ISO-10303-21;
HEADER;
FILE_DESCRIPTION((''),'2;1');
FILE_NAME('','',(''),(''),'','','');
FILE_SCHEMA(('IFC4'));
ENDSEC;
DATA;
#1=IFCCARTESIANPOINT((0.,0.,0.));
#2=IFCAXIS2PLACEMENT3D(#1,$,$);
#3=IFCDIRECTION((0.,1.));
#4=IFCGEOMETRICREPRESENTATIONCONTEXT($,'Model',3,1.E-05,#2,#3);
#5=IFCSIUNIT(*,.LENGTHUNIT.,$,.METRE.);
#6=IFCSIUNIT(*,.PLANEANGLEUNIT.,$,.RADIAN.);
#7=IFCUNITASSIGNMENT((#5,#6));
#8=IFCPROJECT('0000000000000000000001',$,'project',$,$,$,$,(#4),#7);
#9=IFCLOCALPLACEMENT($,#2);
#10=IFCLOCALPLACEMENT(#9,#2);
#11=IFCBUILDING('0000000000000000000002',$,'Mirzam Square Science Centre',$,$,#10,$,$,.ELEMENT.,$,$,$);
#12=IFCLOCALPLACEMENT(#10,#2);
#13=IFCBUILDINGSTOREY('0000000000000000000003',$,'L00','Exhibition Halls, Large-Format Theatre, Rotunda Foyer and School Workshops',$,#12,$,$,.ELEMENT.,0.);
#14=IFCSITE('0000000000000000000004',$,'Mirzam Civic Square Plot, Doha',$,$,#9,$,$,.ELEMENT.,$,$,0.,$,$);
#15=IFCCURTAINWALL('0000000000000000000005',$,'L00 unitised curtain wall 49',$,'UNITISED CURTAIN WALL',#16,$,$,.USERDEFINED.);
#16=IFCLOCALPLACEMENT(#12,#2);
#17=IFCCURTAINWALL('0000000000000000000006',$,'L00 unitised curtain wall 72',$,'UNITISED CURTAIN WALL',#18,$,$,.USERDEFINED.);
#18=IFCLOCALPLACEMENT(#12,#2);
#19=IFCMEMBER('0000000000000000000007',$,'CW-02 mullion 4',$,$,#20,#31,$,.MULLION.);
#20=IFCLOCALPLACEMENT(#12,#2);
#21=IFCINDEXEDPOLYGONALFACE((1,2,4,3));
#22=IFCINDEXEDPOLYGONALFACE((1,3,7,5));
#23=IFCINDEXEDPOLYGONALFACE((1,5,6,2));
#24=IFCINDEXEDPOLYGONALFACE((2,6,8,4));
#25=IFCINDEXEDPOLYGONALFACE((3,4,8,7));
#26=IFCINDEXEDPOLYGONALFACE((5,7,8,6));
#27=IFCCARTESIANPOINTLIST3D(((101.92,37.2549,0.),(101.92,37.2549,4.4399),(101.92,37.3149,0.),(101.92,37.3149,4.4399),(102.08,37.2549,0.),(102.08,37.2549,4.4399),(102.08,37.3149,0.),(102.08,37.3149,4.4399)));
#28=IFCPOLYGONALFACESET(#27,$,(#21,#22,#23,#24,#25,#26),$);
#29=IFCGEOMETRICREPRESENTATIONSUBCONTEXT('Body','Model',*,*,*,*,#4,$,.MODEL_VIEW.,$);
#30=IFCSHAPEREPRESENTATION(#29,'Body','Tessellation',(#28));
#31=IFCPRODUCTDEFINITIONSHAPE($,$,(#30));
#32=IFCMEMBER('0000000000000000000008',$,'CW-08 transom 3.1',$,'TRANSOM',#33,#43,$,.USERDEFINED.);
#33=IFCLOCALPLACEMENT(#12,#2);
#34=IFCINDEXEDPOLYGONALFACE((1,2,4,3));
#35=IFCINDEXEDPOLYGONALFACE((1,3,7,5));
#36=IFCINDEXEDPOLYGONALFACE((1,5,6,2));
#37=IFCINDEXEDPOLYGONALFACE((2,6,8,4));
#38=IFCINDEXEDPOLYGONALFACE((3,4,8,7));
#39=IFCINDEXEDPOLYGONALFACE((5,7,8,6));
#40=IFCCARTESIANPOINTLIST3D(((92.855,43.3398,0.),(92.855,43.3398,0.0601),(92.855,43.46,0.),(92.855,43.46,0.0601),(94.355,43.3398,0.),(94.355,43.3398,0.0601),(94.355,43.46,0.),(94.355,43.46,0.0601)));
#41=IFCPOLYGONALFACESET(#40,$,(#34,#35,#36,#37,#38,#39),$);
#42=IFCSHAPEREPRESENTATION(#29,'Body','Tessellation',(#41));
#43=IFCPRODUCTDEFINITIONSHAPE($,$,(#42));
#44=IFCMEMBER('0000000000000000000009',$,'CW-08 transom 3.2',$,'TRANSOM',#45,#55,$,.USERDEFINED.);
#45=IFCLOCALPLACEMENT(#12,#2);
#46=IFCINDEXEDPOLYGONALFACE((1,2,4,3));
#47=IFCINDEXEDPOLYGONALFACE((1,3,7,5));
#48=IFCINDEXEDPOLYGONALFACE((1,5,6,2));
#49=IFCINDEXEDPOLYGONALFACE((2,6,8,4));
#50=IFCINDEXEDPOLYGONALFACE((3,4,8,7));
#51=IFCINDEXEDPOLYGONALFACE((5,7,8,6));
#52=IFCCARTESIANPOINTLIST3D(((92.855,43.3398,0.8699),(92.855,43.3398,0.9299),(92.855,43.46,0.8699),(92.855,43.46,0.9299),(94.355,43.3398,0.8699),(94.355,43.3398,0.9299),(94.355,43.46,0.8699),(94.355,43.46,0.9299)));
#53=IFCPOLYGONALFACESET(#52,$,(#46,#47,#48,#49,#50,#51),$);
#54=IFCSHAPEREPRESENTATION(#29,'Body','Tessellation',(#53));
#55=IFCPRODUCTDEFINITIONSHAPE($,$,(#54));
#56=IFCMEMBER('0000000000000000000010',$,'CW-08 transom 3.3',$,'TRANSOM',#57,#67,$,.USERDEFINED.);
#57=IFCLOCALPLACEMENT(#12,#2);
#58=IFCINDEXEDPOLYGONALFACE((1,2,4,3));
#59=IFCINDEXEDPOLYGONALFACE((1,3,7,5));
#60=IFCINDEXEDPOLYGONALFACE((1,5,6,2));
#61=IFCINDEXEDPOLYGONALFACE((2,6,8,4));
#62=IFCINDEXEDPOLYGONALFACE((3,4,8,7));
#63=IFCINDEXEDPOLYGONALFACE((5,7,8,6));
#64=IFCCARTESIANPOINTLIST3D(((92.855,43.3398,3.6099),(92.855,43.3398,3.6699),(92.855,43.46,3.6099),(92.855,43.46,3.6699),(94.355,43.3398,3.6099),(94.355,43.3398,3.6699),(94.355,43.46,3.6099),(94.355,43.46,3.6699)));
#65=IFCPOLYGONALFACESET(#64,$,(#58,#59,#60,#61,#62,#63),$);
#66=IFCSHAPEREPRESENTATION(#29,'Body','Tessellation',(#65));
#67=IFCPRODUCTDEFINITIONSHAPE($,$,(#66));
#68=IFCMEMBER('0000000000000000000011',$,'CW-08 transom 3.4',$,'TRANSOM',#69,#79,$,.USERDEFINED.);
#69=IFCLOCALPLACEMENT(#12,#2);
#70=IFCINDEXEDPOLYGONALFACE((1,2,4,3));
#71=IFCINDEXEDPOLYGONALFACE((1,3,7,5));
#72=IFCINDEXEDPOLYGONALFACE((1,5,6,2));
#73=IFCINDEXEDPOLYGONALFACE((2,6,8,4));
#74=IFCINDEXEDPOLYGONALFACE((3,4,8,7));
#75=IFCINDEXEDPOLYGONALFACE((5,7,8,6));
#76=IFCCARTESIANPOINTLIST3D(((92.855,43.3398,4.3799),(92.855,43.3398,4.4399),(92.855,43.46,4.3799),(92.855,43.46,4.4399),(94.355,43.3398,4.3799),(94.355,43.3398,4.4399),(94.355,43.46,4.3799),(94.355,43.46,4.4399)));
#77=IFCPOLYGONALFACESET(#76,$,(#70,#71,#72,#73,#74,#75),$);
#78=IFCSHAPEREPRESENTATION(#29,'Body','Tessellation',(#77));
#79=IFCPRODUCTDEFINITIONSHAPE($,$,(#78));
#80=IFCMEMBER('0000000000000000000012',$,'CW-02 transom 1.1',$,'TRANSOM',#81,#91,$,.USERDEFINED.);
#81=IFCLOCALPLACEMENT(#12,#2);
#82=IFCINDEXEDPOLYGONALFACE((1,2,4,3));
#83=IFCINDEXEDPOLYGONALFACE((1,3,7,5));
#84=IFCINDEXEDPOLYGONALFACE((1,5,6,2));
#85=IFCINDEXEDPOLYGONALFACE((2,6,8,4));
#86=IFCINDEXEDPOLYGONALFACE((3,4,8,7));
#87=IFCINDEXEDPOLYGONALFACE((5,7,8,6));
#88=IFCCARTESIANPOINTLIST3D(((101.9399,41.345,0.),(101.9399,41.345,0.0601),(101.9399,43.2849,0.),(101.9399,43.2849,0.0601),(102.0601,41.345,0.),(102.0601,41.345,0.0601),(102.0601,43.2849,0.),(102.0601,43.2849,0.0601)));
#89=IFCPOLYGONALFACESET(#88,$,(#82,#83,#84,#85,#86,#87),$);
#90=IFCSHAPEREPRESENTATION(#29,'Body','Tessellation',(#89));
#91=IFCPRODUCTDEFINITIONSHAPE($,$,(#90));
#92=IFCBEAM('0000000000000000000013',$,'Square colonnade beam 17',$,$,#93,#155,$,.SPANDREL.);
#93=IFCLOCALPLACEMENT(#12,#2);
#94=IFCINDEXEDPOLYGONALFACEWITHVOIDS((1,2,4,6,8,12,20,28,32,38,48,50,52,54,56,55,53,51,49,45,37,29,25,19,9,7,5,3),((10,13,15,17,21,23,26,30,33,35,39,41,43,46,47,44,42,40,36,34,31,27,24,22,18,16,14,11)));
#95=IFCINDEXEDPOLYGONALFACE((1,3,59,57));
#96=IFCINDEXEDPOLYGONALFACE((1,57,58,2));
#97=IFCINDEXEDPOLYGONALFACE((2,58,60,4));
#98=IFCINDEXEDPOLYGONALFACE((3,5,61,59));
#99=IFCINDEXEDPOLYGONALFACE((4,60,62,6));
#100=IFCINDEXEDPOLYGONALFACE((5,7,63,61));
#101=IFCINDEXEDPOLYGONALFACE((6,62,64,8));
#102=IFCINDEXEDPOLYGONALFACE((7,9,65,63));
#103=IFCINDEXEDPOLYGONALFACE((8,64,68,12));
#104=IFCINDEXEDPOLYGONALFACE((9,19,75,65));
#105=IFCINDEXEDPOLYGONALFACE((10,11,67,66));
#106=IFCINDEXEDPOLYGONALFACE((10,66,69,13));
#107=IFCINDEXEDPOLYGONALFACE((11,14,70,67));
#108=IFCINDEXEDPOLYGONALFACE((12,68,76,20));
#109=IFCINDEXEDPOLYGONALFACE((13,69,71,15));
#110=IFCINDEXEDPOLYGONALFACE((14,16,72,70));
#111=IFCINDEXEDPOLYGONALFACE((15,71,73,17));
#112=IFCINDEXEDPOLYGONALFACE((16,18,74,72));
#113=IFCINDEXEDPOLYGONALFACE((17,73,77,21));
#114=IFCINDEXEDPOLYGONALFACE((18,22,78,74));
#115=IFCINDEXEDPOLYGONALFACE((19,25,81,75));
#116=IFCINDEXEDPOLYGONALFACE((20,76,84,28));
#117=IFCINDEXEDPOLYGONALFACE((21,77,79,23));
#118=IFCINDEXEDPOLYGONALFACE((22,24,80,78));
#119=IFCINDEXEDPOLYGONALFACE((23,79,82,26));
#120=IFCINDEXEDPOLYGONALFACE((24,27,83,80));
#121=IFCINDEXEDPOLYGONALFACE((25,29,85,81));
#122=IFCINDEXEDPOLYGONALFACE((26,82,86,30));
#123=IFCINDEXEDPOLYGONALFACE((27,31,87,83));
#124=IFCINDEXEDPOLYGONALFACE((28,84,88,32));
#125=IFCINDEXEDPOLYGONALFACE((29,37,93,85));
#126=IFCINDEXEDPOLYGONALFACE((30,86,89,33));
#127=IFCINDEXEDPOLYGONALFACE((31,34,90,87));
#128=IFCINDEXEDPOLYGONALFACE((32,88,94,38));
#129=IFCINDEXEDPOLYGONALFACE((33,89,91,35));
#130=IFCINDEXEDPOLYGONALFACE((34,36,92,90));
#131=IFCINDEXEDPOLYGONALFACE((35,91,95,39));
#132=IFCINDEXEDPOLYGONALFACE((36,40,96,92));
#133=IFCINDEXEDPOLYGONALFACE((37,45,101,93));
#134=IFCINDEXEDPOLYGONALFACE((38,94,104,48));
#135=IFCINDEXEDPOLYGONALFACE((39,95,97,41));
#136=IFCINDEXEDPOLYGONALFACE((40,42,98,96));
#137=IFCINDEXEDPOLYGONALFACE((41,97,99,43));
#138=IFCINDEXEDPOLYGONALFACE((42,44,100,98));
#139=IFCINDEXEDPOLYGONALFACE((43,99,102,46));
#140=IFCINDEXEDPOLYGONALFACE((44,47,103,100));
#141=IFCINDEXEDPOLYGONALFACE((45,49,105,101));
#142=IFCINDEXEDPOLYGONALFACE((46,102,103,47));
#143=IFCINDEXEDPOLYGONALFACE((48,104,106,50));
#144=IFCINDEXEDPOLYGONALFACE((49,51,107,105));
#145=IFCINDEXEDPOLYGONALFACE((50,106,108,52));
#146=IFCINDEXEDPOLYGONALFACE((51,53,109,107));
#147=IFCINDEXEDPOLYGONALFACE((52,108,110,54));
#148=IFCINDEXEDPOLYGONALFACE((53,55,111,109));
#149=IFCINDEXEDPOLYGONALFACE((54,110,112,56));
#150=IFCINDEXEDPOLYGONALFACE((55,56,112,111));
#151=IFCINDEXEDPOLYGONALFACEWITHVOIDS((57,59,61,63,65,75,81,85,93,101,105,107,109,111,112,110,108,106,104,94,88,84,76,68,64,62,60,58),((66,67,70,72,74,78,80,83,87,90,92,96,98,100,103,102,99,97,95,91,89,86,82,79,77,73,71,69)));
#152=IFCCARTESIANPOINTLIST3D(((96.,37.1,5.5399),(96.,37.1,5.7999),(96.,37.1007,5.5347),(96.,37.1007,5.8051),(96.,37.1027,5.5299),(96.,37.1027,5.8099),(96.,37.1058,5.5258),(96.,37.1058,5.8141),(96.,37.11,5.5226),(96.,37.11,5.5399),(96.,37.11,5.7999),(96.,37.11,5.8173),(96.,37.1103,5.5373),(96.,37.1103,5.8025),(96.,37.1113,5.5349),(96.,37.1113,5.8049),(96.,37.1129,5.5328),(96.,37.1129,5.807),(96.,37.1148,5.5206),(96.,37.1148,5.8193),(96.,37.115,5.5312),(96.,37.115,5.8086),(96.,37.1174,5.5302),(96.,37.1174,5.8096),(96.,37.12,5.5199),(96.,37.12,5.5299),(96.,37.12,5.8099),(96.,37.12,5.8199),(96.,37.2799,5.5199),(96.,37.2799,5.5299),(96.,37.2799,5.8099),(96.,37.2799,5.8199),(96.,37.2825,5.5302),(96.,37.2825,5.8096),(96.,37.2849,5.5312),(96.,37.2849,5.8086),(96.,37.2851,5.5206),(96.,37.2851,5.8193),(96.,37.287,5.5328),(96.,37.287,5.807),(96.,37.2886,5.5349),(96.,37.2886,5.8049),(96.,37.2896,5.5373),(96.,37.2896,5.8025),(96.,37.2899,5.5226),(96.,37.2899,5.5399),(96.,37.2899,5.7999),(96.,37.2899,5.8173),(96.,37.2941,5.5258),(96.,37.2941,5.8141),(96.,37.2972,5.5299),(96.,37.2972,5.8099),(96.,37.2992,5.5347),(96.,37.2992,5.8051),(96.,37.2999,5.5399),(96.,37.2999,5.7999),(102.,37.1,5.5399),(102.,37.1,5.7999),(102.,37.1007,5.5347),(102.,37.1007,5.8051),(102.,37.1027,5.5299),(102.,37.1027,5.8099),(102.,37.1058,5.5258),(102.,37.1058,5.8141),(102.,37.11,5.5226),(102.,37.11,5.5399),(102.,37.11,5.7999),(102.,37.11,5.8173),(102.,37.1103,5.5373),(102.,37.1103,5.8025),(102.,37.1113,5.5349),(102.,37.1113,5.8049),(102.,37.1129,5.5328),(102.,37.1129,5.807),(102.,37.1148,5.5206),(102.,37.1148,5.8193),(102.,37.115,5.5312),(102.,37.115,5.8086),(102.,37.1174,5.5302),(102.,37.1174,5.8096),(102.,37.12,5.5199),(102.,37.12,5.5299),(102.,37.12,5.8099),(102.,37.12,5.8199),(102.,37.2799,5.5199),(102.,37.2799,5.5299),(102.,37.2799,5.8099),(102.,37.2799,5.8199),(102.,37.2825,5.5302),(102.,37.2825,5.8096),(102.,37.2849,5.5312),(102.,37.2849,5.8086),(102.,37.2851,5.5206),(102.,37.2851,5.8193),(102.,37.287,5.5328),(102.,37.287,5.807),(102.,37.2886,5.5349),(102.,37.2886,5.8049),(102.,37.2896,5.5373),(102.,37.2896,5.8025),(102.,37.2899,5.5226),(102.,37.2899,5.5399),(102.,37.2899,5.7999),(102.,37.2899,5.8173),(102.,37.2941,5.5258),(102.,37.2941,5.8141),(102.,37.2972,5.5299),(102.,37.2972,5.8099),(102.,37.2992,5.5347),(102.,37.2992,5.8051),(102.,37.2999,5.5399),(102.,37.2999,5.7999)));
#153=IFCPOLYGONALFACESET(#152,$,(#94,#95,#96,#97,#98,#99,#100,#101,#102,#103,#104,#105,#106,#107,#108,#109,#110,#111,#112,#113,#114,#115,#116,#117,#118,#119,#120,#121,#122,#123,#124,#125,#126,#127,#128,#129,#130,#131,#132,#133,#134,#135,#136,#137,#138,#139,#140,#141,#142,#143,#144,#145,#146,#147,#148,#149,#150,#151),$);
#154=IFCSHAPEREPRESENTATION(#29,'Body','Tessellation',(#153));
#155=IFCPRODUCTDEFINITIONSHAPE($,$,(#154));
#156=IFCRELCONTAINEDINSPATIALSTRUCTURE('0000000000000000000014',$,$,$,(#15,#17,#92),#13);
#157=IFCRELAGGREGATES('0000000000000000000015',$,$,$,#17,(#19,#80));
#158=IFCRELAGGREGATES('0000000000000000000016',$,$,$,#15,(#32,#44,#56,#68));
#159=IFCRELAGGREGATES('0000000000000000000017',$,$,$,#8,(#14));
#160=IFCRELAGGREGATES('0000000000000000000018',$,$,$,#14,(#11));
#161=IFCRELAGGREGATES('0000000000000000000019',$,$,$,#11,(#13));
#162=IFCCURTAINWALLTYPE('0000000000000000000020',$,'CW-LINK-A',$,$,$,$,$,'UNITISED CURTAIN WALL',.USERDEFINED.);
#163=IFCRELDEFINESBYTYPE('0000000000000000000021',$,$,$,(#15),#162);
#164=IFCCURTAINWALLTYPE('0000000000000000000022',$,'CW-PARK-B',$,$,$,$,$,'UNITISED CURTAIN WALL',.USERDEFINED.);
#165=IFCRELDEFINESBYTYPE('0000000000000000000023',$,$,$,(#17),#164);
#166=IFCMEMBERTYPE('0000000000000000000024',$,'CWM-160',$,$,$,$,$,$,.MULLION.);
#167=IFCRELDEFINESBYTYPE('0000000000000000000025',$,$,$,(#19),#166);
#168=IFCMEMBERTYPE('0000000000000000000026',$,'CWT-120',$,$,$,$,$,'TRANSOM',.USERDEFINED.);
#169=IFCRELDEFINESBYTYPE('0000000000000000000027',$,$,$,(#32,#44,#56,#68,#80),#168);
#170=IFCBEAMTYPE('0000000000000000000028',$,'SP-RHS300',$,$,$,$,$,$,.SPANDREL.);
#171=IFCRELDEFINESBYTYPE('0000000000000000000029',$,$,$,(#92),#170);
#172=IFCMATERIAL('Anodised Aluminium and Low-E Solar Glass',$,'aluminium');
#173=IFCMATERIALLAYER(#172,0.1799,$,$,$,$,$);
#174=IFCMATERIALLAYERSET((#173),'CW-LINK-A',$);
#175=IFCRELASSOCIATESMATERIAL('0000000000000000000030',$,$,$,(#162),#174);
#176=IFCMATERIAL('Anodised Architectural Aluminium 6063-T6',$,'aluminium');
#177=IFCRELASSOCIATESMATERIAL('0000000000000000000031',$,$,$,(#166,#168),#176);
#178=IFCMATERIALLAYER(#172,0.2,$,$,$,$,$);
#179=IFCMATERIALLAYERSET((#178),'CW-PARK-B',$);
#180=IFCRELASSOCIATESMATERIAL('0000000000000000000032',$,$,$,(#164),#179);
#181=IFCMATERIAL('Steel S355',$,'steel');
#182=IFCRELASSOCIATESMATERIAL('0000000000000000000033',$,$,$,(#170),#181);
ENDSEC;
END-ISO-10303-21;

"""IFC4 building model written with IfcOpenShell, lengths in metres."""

from ifc_helpers import new_model, si_unit, direction, frame, origin, origin_2d, place, context, subcontext, project, spatial, rectangle, hollow_rectangle, extrude, material, layer, layer_set, material_profile, profile_set, type_object, element, aggregate, save


model = new_model("IFC4")

# Units and contexts
model_context = context("Model", 3, precision=1e-05, world=origin(), true_north=direction((0.0, 1.0)))
body_context = subcontext(model_context, "Body", "Model", "MODEL_VIEW")
ifc_project = project(units=[si_unit("LENGTHUNIT", "METRE"), si_unit("PLANEANGLEUNIT", "RADIAN")], contexts=[model_context])

# Site, building, storey
site_placement = place(None, origin())
site = spatial("IfcSite", under=ifc_project, at=site_placement, Name="Mirzam Civic Square Plot, Doha", CompositionType="ELEMENT", RefElevation=0.0)
building_placement = place(site_placement, origin())
building = spatial("IfcBuilding", under=site, at=building_placement, Name="Mirzam Square Science Centre", CompositionType="ELEMENT")
storey_placement = place(building_placement, origin())
storey = spatial("IfcBuildingStorey", under=building, at=storey_placement, Name="L00", Description="Exhibition Halls, Large-Format Theatre, Rotunda Foyer and School Workshops", CompositionType="ELEMENT", Elevation=0.0)

# Shared definitions
ifc_material_1 = material(Name="Steel S355", Category="steel")

# Curtain wall
ifc_material_2 = material(Name="Anodised Aluminium and Low-E Solar Glass", Category="aluminium")
ifc_layer_1 = layer(ifc_material_2, 0.1799)
ifc_layer_set_1 = layer_set([ifc_layer_1], Name="CW-LINK-A")
curtain_wall_type_1 = type_object("IfcCurtainWallType", Name="CW-LINK-A", ElementType="UNITISED CURTAIN WALL", PredefinedType="USERDEFINED", material=ifc_layer_set_1)
curtain_wall_1_placement = place(storey_placement, origin())
curtain_wall_1 = element("IfcCurtainWall", 1, at=curtain_wall_1_placement, inside=storey, type_object=curtain_wall_type_1, Name="L00 unitised curtain wall 49", ObjectType="UNITISED CURTAIN WALL", PredefinedType="USERDEFINED")
ifc_material_3 = material(Name="Anodised Architectural Aluminium 6063-T6", Category="aluminium")
ifc_material_profile_1 = material_profile(ifc_material_3, rectangle(XDim=0.0601, YDim=0.1599, at=origin_2d()), Name="ALU-MULL-160x60x4")
ifc_profile_set_1 = profile_set([ifc_material_profile_1], Name="Anodised Architectural Aluminium 6063-T6")
member_type_1 = type_object("IfcMemberType", Name="CWM-160", PredefinedType="MULLION", material=ifc_profile_set_1)

# Curtain wall, member
ifc_layer_2 = layer(ifc_material_2, 0.2)
ifc_layer_set_2 = layer_set([ifc_layer_2], Name="CW-PARK-B")
curtain_wall_type_2 = type_object("IfcCurtainWallType", Name="CW-PARK-B", ElementType="UNITISED CURTAIN WALL", PredefinedType="USERDEFINED", material=ifc_layer_set_2)
curtain_wall_2_placement = place(storey_placement, origin())
curtain_wall_2 = element("IfcCurtainWall", 2, at=curtain_wall_2_placement, inside=storey, type_object=curtain_wall_type_2, Name="L00 unitised curtain wall 72", ObjectType="UNITISED CURTAIN WALL", PredefinedType="USERDEFINED")
member_1_placement = place(storey_placement, frame((102.0, 37.2849, 0.0), z_axis=(0.0, 0.0, 1.0), x_axis=(0.0, -1.0, 0.0)))
member_1 = element("IfcMember", 3, at=member_1_placement, type_object=member_type_1, Name="CW-02 mullion 4", PredefinedType="MULLION", context=body_context, shape_type="SweptSolid", body=[
    extrude(rectangle(XDim=0.0601, YDim=0.1599, at=origin_2d()), origin(), (0.0, 0.0, 1.0), 4.4399),
])

# Members
ifc_material_profile_2 = material_profile(ifc_material_3, rectangle(XDim=0.1201, YDim=0.0601, at=origin_2d()), Name="ALU-TRAN-120x60x4")
ifc_profile_set_2 = profile_set([ifc_material_profile_2], Name="Anodised Architectural Aluminium 6063-T6")
member_type_2 = type_object("IfcMemberType", Name="CWT-120", ElementType="TRANSOM", PredefinedType="USERDEFINED", material=ifc_profile_set_2)
member_2_placement = place(storey_placement, frame((92.855, 43.3999, 0.03), z_axis=(1.0, 0.0, 0.0), x_axis=(0.0, 1.0, 0.0)))
member_2 = element("IfcMember", 4, at=member_2_placement, type_object=member_type_2, Name="CW-08 transom 3.1", ObjectType="TRANSOM", PredefinedType="USERDEFINED", context=body_context, shape_type="SweptSolid", body=[
    extrude(rectangle(XDim=0.1201, YDim=0.0601, at=origin_2d()), origin(), (0.0, 0.0, 1.0), 1.5),
])
member_3_placement = place(storey_placement, frame((92.855, 43.3999, 0.8999), z_axis=(1.0, 0.0, 0.0), x_axis=(0.0, 1.0, 0.0)))
member_3 = element("IfcMember", 5, at=member_3_placement, type_object=member_type_2, Name="CW-08 transom 3.2", ObjectType="TRANSOM", PredefinedType="USERDEFINED", context=body_context, shape_type="SweptSolid", body=[
    extrude(rectangle(XDim=0.1201, YDim=0.0601, at=origin_2d()), origin(), (0.0, 0.0, 1.0), 1.5),
])
member_4_placement = place(storey_placement, frame((92.855, 43.3999, 3.6399), z_axis=(1.0, 0.0, 0.0), x_axis=(0.0, 1.0, 0.0)))
member_4 = element("IfcMember", 6, at=member_4_placement, type_object=member_type_2, Name="CW-08 transom 3.3", ObjectType="TRANSOM", PredefinedType="USERDEFINED", context=body_context, shape_type="SweptSolid", body=[
    extrude(rectangle(XDim=0.1201, YDim=0.0601, at=origin_2d()), origin(), (0.0, 0.0, 1.0), 1.5),
])
member_5_placement = place(storey_placement, frame((92.855, 43.3999, 4.4099), z_axis=(1.0, 0.0, 0.0), x_axis=(0.0, 1.0, 0.0)))
member_5 = element("IfcMember", 7, at=member_5_placement, type_object=member_type_2, Name="CW-08 transom 3.4", ObjectType="TRANSOM", PredefinedType="USERDEFINED", context=body_context, shape_type="SweptSolid", body=[
    extrude(rectangle(XDim=0.1201, YDim=0.0601, at=origin_2d()), origin(), (0.0, 0.0, 1.0), 1.5),
])
member_6_placement = place(storey_placement, frame((102.0, 43.2849, 0.03), z_axis=(0.0, -1.0, 0.0), x_axis=(1.0, 0.0, 0.0)))
member_6 = element("IfcMember", 8, at=member_6_placement, type_object=member_type_2, Name="CW-02 transom 1.1", ObjectType="TRANSOM", PredefinedType="USERDEFINED", context=body_context, shape_type="SweptSolid", body=[
    extrude(rectangle(XDim=0.1201, YDim=0.0601, at=origin_2d()), origin(), (0.0, 0.0, 1.0), 1.9399),
])
aggregate(curtain_wall_2, [member_1, member_6])

# Beam
ifc_material_profile_3 = material_profile(ifc_material_1, hollow_rectangle(XDim=0.2, YDim=0.3, WallThickness=0.01, InnerFilletRadius=0.01, OuterFilletRadius=0.02, at=origin_2d()), Name="300x200x10.0RHS")
ifc_profile_set_3 = profile_set([ifc_material_profile_3], Name="Steel S355")
beam_type_1 = type_object("IfcBeamType", Name="SP-RHS300", PredefinedType="SPANDREL", material=ifc_profile_set_3)
for number, where, z_axis, x_axis, name in (
    (9, (96.0, 37.2, 5.6699), (1.0, 0.0, 0.0), (0.0, 1.0, 0.0), "Square colonnade beam 17"),
):
    element("IfcBeam", number, at=place(storey_placement, frame(where, z_axis=z_axis, x_axis=x_axis)), inside=storey, type_object=beam_type_1, Name=name, PredefinedType="SPANDREL", context=body_context, shape_type="SweptSolid", body=[
        extrude(hollow_rectangle(XDim=0.2, YDim=0.3, WallThickness=0.01, InnerFilletRadius=0.01, OuterFilletRadius=0.02, at=origin_2d()), origin(), (0.0, 0.0, 1.0), 6.0),
    ])

aggregate(curtain_wall_1, [member_2, member_3, member_4, member_5])

save(model, "model.ifc")
